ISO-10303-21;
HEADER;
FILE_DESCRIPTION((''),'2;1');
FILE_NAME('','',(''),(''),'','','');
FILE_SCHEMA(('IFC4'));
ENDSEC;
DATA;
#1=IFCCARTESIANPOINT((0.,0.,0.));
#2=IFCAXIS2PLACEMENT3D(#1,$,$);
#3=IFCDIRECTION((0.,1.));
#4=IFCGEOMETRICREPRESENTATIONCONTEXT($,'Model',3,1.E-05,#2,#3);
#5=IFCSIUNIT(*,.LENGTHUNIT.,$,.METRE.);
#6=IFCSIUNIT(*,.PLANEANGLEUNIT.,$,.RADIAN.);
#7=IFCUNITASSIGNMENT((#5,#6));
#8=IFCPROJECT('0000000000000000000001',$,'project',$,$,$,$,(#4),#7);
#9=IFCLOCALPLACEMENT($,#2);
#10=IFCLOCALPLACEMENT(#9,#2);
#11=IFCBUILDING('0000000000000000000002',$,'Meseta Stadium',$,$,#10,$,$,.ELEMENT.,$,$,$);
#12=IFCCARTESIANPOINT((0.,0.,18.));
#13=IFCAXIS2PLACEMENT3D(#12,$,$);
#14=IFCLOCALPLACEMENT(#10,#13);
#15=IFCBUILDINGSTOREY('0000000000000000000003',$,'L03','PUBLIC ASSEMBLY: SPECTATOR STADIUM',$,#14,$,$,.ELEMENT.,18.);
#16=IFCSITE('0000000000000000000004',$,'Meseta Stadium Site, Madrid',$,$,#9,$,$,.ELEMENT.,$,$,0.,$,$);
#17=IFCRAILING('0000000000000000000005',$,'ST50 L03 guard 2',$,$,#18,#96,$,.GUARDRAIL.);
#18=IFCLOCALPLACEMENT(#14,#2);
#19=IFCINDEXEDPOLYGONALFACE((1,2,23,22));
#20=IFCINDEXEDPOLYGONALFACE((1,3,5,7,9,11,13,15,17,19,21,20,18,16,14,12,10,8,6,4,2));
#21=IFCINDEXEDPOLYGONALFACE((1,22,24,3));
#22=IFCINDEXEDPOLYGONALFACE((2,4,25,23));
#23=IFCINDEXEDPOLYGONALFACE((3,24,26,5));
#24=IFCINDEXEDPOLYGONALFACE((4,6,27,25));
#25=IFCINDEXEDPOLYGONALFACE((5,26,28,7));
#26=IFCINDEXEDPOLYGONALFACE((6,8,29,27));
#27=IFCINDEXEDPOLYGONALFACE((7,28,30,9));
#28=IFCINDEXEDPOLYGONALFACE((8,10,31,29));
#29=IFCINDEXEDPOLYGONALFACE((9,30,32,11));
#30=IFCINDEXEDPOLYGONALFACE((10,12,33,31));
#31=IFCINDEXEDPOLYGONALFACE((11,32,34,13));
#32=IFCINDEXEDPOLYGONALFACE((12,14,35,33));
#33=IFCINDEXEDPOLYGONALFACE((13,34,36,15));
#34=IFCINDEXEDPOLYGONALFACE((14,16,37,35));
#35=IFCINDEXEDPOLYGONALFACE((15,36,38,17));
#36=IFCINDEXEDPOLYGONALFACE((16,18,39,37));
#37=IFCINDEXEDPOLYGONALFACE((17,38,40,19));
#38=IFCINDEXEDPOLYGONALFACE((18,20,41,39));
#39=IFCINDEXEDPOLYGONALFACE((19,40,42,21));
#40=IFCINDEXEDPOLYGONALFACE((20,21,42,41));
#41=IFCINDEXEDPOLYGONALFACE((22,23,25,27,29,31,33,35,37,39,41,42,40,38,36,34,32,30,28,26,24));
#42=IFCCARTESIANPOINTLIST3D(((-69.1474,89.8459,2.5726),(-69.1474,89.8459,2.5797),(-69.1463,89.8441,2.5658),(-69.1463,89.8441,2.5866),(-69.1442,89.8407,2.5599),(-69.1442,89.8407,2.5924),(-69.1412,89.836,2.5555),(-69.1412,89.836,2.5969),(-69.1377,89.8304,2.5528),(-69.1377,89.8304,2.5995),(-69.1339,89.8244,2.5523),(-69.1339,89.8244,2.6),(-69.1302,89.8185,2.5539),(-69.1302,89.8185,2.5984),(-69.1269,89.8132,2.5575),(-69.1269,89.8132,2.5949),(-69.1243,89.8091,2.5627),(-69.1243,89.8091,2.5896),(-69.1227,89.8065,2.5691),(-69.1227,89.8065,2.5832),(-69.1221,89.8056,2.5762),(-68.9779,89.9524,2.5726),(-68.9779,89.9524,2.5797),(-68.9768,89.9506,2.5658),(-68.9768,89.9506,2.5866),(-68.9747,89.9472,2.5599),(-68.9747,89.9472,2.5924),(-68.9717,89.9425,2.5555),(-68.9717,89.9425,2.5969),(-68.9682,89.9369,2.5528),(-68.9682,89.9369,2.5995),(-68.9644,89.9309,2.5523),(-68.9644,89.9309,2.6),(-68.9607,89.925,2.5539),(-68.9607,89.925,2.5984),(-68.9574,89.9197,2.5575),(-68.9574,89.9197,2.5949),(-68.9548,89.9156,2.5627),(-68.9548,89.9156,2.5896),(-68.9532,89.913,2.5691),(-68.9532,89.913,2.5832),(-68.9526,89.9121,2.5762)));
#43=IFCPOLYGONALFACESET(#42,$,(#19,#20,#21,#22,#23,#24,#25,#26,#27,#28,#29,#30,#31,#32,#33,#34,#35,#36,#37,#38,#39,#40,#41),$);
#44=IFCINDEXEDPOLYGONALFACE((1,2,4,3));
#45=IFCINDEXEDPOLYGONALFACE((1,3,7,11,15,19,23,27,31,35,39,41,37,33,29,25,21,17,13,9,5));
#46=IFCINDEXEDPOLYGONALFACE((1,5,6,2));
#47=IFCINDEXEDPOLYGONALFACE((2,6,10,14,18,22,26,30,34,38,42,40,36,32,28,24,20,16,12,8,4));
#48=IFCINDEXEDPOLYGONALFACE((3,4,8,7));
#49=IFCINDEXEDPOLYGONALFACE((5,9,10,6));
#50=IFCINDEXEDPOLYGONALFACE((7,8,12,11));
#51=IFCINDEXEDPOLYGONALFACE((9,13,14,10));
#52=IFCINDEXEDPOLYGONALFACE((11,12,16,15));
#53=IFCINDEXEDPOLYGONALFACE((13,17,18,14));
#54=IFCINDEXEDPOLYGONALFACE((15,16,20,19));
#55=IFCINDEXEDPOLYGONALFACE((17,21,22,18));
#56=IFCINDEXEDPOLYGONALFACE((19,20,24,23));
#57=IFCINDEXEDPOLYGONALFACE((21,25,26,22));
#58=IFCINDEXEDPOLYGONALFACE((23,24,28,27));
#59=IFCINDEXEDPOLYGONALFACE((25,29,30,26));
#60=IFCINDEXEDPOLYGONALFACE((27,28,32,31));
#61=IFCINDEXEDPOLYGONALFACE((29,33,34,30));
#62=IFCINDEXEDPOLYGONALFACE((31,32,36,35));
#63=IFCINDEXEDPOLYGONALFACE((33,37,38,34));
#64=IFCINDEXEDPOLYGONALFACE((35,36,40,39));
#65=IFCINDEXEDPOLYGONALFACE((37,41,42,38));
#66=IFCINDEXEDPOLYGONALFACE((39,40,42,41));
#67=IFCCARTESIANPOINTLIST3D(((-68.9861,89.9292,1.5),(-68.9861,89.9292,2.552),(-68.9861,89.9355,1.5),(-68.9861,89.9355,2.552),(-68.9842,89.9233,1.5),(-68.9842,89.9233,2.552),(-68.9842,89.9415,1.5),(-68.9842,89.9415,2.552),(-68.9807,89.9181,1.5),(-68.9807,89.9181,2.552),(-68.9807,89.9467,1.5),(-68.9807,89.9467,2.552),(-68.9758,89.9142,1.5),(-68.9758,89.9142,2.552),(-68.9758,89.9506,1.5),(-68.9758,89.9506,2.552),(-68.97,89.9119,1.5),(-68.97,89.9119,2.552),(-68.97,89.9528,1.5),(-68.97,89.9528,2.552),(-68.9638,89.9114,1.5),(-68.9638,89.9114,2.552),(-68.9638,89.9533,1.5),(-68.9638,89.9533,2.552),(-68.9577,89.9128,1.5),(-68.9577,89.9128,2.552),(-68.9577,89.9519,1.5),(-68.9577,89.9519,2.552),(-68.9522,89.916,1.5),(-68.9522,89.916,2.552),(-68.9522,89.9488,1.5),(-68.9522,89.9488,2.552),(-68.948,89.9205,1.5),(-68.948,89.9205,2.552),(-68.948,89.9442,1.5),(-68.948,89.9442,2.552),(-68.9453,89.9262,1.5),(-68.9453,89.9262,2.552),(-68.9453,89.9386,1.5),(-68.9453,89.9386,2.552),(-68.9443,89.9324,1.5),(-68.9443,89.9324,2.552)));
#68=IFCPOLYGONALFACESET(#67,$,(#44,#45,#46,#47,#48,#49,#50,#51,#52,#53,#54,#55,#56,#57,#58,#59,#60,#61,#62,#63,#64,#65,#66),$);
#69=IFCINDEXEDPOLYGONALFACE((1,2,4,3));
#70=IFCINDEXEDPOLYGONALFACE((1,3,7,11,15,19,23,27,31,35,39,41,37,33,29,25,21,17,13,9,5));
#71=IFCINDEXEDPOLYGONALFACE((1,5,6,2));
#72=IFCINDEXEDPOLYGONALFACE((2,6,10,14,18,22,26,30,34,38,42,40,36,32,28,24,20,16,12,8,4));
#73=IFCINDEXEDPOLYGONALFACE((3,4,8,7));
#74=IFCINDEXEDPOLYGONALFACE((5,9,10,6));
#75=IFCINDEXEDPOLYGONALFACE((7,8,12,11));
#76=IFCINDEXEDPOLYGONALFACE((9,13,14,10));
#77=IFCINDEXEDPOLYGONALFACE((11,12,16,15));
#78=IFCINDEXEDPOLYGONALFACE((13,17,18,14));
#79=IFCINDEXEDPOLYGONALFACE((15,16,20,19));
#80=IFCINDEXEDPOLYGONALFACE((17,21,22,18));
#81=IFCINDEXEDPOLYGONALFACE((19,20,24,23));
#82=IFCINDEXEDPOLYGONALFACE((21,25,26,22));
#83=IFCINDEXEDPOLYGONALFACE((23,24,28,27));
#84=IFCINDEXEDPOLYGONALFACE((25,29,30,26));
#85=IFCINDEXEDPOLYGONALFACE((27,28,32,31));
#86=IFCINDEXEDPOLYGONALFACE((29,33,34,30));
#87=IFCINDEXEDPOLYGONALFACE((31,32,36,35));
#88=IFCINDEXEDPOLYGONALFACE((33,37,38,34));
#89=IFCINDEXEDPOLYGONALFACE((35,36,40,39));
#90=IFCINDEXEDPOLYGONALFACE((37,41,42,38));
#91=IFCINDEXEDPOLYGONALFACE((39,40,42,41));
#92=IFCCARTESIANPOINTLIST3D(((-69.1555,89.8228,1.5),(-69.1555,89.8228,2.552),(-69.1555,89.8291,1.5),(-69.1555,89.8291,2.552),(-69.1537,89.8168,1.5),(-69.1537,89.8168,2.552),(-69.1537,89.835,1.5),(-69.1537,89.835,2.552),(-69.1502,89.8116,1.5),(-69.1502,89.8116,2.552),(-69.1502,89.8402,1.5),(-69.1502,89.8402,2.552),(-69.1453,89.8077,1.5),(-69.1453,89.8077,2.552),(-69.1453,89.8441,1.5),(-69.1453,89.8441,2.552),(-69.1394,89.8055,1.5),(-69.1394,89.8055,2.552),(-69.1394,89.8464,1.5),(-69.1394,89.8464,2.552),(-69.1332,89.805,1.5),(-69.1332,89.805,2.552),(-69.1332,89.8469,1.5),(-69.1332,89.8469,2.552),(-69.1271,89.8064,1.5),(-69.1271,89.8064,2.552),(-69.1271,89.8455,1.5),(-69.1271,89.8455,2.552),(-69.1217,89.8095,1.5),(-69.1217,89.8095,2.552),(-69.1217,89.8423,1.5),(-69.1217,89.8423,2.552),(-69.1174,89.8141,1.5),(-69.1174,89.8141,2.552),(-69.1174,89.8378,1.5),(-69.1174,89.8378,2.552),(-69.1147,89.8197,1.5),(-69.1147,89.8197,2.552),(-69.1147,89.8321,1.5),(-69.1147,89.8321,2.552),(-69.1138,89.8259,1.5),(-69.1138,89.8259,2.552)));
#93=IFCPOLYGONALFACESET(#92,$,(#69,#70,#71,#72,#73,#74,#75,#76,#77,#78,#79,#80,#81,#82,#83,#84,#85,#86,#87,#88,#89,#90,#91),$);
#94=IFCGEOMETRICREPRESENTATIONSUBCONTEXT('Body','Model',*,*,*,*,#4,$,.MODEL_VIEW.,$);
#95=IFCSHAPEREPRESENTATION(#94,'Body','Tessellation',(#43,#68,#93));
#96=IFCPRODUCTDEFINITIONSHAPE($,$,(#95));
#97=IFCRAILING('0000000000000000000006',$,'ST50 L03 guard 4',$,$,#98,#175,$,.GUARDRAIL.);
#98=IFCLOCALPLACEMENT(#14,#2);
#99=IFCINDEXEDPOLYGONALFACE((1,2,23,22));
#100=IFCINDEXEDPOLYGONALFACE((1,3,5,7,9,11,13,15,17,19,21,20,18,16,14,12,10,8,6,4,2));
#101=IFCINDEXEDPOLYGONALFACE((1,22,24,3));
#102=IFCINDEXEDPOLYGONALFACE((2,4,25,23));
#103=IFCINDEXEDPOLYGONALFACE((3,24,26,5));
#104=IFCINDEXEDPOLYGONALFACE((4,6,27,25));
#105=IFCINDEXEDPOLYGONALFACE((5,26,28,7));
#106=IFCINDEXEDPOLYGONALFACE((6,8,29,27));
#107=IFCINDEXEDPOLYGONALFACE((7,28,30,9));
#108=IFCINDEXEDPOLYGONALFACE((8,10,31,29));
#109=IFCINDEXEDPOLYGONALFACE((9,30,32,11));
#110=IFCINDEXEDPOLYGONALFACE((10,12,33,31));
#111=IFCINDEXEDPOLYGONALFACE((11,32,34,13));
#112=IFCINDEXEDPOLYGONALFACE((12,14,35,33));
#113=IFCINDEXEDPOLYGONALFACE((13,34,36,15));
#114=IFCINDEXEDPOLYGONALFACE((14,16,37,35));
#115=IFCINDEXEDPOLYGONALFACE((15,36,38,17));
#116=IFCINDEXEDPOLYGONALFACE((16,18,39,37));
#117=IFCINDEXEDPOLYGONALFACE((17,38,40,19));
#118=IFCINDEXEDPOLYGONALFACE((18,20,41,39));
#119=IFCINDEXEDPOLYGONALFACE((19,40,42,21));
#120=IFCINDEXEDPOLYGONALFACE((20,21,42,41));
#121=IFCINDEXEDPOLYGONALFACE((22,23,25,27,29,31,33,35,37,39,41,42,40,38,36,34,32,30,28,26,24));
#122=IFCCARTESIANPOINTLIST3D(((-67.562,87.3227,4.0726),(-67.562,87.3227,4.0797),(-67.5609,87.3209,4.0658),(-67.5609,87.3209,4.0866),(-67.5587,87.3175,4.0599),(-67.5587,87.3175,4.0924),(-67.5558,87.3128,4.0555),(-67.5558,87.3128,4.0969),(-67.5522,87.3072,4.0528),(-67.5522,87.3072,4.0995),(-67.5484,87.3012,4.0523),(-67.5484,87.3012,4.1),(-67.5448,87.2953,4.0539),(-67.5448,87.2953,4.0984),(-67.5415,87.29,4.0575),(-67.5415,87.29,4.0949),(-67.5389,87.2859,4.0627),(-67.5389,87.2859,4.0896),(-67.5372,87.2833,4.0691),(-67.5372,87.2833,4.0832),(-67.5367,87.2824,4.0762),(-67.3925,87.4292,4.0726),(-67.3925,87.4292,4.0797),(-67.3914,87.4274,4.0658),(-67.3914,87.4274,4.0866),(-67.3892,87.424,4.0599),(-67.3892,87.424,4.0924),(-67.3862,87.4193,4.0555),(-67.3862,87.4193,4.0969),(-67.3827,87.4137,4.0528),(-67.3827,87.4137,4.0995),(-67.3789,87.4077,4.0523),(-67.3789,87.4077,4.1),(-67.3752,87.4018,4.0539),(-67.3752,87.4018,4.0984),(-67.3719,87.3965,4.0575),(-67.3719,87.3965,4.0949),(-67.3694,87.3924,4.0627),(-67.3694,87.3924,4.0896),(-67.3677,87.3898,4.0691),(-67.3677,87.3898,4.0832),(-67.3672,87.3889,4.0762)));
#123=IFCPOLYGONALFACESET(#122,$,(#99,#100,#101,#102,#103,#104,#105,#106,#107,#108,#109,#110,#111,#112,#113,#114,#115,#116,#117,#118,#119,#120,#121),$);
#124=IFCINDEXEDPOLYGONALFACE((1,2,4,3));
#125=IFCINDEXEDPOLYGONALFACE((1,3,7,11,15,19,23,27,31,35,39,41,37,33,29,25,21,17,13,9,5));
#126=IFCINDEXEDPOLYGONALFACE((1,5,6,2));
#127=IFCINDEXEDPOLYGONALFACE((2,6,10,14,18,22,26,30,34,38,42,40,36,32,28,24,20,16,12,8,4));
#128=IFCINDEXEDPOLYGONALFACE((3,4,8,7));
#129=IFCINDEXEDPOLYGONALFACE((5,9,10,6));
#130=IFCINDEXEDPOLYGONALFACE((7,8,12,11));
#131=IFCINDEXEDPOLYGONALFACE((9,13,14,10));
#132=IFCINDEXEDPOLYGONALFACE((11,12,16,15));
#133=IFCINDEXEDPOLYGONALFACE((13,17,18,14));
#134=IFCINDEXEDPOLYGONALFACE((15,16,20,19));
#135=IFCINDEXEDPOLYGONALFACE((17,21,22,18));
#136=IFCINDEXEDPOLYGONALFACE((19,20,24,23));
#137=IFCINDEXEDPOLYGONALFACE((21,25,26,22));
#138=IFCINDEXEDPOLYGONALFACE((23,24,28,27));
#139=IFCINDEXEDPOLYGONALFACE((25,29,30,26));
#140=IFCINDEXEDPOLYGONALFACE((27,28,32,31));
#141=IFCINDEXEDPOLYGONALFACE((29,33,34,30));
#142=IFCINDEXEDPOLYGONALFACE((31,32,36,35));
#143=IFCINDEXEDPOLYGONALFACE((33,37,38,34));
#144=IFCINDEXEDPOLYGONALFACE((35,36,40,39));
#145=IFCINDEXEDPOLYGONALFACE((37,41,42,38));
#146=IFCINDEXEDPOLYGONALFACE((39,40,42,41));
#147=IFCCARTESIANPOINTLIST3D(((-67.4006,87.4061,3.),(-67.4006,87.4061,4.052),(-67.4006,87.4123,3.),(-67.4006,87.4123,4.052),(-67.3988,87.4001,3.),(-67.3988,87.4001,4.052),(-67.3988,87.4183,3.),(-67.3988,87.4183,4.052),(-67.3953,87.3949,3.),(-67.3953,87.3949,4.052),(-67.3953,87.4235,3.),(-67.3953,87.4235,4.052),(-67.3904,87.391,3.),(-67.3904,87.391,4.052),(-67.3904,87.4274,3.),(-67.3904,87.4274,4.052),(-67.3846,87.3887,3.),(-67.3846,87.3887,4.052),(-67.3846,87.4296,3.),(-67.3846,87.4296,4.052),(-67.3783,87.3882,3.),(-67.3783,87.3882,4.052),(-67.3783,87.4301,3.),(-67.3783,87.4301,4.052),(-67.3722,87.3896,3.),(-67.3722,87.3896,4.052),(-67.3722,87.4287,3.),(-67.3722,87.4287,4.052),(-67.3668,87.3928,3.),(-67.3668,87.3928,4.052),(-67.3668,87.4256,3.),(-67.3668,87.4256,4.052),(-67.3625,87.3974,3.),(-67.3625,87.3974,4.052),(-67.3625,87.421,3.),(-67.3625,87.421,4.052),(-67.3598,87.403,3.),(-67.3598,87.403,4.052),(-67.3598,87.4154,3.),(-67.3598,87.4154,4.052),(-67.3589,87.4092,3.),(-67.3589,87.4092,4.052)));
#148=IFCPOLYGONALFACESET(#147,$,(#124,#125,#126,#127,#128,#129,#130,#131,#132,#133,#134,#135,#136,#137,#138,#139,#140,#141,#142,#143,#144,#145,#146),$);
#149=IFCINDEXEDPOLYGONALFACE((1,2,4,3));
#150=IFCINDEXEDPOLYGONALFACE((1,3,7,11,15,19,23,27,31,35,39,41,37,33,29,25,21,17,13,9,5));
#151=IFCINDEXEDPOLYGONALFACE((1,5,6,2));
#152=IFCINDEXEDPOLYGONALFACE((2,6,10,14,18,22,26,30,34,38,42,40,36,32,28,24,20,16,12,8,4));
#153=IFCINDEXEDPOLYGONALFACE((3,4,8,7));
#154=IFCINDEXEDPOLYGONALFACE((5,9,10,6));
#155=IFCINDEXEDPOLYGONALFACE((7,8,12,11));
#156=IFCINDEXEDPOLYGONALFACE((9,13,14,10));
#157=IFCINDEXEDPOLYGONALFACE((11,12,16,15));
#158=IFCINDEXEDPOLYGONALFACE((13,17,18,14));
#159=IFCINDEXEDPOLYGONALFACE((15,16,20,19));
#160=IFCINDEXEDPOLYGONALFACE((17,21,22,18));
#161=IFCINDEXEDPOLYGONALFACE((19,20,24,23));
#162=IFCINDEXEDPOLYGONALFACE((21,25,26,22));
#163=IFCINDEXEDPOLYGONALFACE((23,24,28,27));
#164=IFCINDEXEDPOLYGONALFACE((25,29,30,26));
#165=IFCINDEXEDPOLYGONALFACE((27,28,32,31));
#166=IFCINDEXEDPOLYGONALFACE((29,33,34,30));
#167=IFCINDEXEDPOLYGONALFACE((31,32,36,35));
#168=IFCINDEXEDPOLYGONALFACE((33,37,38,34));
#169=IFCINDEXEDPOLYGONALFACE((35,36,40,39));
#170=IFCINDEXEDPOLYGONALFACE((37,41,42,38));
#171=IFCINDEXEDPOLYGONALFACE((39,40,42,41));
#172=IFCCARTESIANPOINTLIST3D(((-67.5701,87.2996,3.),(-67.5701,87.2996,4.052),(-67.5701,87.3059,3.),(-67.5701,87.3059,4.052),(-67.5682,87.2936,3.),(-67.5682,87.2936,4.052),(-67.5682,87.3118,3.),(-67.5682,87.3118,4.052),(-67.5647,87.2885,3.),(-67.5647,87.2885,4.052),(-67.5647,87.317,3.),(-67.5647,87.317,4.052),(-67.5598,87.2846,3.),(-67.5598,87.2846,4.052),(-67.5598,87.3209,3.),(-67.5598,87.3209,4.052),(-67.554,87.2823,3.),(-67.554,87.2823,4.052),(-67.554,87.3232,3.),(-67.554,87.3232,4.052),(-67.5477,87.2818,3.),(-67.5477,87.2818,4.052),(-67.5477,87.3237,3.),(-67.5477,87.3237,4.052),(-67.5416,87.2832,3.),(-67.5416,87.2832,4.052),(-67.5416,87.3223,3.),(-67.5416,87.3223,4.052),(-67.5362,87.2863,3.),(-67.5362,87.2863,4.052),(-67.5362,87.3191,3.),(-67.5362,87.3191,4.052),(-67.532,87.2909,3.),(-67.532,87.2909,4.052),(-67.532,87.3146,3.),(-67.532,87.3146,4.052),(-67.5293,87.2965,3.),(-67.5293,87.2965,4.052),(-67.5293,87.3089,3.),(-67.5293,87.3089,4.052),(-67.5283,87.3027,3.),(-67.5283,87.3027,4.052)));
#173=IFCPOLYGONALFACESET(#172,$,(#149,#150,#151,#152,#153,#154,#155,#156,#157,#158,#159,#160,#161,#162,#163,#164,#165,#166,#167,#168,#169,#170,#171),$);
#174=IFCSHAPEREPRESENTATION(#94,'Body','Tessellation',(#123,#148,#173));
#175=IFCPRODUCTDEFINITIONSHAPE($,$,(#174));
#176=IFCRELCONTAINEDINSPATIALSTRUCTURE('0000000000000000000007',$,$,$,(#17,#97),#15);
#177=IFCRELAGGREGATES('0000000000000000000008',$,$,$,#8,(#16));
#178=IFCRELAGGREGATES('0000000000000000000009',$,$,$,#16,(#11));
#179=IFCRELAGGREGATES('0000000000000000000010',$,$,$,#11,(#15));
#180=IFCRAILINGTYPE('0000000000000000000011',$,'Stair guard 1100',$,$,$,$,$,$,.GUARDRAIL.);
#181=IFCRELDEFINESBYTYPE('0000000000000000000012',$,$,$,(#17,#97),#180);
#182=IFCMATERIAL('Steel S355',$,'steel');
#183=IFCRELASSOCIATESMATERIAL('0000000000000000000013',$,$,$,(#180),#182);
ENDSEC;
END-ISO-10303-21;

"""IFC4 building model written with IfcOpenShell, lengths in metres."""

from ifc_helpers import new_model, si_unit, direction, frame, origin, origin_2d, place, context, subcontext, project, spatial, circle, extrude, material, type_object, element, save


model = new_model("IFC4")

# Units and contexts
model_context = context("Model", 3, precision=1e-05, world=origin(), true_north=direction((0.0, 1.0)))
body_context = subcontext(model_context, "Body", "Model", "MODEL_VIEW")
ifc_project = project(units=[si_unit("LENGTHUNIT", "METRE"), si_unit("PLANEANGLEUNIT", "RADIAN")], contexts=[model_context])

# Site, building, storey
site_placement = place(None, origin())
site = spatial("IfcSite", under=ifc_project, at=site_placement, Name="Meseta Stadium Site, Madrid", CompositionType="ELEMENT", RefElevation=0.0)
building_placement = place(site_placement, origin())
building = spatial("IfcBuilding", under=site, at=building_placement, Name="Meseta Stadium", CompositionType="ELEMENT")
storey_placement = place(building_placement, frame((0.0, 0.0, 18.0)))
storey = spatial("IfcBuildingStorey", under=building, at=storey_placement, Name="L03", Description="PUBLIC ASSEMBLY: SPECTATOR STADIUM", CompositionType="ELEMENT", Elevation=18.0)

# Railings
ifc_material_1 = material(Name="Steel S355", Category="steel")
railing_type_1 = type_object("IfcRailingType", Name="Stair guard 1100", PredefinedType="GUARDRAIL", material=ifc_material_1)
for number, where, name in (
    (1, (-68.9653, 89.9324, 1.5), "ST50 L03 guard 2"),
    (2, (-67.3799, 87.4092, 3.0), "ST50 L03 guard 4"),
):
    element("IfcRailing", number, at=place(storey_placement, frame(where)), inside=storey, type_object=railing_type_1, Name=name, PredefinedType="GUARDRAIL", context=body_context, shape_type="SweptSolid", body=[
        extrude(circle(Radius=0.0239, at=origin_2d()), frame((0.0, 0.0, 1.0762), z_axis=(-0.846762, -0.531972, 0.0), x_axis=(0.531972, -0.846762, 0.0)), (0.0, 0.0, 1.0), 0.2002),
        extrude(circle(Radius=0.021, at=origin_2d()), origin(), (0.0, 0.0, 1.0), 1.052),
        extrude(circle(Radius=0.021, at=origin_2d()), frame((-0.1694, -0.1064, 0.0)), (0.0, 0.0, 1.0), 1.052),
    ])

save(model, "model.ifc")
